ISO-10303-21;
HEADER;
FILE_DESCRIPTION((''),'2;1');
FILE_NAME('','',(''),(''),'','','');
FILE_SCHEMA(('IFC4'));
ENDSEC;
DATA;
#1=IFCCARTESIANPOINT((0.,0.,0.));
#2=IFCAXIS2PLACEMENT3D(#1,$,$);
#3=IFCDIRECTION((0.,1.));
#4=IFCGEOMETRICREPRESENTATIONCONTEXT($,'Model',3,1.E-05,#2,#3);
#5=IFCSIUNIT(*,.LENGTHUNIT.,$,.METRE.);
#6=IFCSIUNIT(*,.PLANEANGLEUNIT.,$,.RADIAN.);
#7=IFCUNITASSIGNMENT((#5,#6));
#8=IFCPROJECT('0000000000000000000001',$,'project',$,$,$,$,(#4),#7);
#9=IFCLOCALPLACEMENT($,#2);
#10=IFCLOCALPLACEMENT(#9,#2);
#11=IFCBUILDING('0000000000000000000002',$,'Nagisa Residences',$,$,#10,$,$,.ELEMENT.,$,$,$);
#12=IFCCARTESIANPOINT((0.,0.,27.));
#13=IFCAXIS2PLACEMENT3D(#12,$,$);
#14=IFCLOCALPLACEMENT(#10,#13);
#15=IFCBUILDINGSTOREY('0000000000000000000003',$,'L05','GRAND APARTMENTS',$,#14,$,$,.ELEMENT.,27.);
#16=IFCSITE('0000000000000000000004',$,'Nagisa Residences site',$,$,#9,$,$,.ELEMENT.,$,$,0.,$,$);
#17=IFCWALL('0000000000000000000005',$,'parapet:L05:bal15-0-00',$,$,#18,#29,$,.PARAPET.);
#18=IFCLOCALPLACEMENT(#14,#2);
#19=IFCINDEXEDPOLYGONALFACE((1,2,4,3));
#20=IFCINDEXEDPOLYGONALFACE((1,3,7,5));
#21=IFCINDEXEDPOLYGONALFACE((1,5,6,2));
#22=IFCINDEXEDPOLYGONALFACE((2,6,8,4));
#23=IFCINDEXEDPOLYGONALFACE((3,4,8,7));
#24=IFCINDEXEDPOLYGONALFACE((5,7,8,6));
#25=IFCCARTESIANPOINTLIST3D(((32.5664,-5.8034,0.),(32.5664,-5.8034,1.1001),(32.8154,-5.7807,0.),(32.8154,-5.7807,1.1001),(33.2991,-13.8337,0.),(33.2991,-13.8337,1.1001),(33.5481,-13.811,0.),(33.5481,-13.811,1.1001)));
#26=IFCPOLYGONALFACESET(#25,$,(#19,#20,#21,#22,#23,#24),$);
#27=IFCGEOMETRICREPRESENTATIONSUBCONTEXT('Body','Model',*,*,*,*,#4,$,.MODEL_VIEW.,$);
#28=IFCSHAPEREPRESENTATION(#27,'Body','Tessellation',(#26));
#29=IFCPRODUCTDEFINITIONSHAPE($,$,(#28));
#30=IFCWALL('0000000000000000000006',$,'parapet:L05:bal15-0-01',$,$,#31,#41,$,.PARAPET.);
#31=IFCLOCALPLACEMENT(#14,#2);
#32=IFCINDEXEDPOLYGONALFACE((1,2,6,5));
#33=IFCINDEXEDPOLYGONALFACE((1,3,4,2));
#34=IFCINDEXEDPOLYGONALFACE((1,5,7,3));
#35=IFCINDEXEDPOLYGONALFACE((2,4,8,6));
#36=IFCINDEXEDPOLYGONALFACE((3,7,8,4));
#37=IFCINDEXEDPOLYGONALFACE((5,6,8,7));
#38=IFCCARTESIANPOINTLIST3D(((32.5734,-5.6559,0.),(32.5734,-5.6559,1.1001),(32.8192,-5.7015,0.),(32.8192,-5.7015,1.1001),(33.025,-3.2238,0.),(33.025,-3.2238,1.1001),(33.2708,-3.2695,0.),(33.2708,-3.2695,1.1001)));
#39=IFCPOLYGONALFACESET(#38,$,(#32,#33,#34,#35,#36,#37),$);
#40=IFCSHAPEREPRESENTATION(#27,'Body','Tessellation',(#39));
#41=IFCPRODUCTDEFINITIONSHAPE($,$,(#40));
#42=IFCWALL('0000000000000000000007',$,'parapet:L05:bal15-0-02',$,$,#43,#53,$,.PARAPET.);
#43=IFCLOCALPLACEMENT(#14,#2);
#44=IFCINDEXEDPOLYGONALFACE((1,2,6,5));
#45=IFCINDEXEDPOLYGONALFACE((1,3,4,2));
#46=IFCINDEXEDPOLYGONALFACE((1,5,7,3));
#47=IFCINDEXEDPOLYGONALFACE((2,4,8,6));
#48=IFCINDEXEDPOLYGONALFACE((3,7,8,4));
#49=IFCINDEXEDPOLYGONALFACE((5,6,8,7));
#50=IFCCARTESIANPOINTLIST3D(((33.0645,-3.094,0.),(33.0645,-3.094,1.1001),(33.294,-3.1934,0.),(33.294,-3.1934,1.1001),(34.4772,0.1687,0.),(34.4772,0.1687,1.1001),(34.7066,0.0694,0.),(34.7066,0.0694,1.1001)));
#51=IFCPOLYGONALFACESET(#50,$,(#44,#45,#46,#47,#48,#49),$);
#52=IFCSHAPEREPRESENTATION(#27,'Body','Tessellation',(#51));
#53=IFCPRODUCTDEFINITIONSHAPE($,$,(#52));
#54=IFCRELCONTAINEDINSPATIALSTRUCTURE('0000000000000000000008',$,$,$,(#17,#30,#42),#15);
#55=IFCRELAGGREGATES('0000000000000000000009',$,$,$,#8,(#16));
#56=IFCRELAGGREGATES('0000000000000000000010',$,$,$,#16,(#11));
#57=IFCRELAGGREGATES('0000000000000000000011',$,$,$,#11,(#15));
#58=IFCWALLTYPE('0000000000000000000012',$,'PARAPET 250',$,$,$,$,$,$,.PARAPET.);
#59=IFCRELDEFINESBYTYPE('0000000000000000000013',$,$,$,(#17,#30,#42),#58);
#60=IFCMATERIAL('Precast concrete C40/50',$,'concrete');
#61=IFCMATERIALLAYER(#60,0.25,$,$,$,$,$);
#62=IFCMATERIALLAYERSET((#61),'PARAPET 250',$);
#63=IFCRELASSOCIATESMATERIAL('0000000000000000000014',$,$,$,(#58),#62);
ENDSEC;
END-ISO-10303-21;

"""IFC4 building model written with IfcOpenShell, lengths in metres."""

from ifc_helpers import new_model, si_unit, direction, frame, frame_2d, origin, place, context, subcontext, project, spatial, rectangle, extrude, material, layer, layer_set, type_object, element, save


model = new_model("IFC4")

# Units and contexts
model_context = context("Model", 3, precision=1e-05, world=origin(), true_north=direction((0.0, 1.0)))
body_context = subcontext(model_context, "Body", "Model", "MODEL_VIEW")
ifc_project = project(units=[si_unit("LENGTHUNIT", "METRE"), si_unit("PLANEANGLEUNIT", "RADIAN")], contexts=[model_context])

# Site, building, storey
site_placement = place(None, origin())
site = spatial("IfcSite", under=ifc_project, at=site_placement, Name="Nagisa Residences site", CompositionType="ELEMENT", RefElevation=0.0)
building_placement = place(site_placement, origin())
building = spatial("IfcBuilding", under=site, at=building_placement, Name="Nagisa Residences", CompositionType="ELEMENT")
storey_placement = place(building_placement, frame((0.0, 0.0, 27.0)))
storey = spatial("IfcBuildingStorey", under=building, at=storey_placement, Name="L05", Description="GRAND APARTMENTS", CompositionType="ELEMENT", Elevation=27.0)

# Walls
ifc_material_1 = material(Name="Precast concrete C40/50", Category="concrete")
ifc_layer_1 = layer(ifc_material_1, 0.25)
ifc_layer_set_1 = layer_set([ifc_layer_1], Name="PARAPET 250")
wall_type_1 = type_object("IfcWallType", Name="PARAPET 250", PredefinedType="PARAPET", material=ifc_layer_set_1)
wall_1_placement = place(storey_placement, frame((33.4236, -13.8223, 0.0), z_axis=(0.0, 0.0, 1.0), x_axis=(-0.090861, 0.995864, 0.0)))
element("IfcWall", 1, at=wall_1_placement, inside=storey, type_object=wall_type_1, Name="parapet:L05:bal15-0-00", PredefinedType="PARAPET", context=body_context, shape_type="SweptSolid", body=[
    extrude(rectangle(XDim=8.0637, YDim=0.25, at=frame_2d((4.0317, 0.0))), origin(), (0.0, 0.0, 1.0), 1.1001),
])
wall_2_placement = place(storey_placement, frame((32.6963, -5.6787, 0.0), z_axis=(0.0, 0.0, 1.0), x_axis=(0.182584, 0.98319, 0.0)))
element("IfcWall", 2, at=wall_2_placement, inside=storey, type_object=wall_type_1, Name="parapet:L05:bal15-0-01", PredefinedType="PARAPET", context=body_context, shape_type="SweptSolid", body=[
    extrude(rectangle(XDim=2.4736, YDim=0.25, at=frame_2d((1.2368, 0.0))), origin(), (0.0, 0.0, 1.0), 1.1001),
])
wall_3_placement = place(storey_placement, frame((33.1792, -3.1438, 0.0), z_axis=(0.0, 0.0, 1.0), x_axis=(0.397315, 0.917683, 0.0)))
element("IfcWall", 3, at=wall_3_placement, inside=storey, type_object=wall_type_1, Name="parapet:L05:bal15-0-02", PredefinedType="PARAPET", context=body_context, shape_type="SweptSolid", body=[
    extrude(rectangle(XDim=3.5554, YDim=0.25, at=frame_2d((1.7778, 0.0))), origin(), (0.0, 0.0, 1.0), 1.1001),
])

save(model, "model.ifc")
